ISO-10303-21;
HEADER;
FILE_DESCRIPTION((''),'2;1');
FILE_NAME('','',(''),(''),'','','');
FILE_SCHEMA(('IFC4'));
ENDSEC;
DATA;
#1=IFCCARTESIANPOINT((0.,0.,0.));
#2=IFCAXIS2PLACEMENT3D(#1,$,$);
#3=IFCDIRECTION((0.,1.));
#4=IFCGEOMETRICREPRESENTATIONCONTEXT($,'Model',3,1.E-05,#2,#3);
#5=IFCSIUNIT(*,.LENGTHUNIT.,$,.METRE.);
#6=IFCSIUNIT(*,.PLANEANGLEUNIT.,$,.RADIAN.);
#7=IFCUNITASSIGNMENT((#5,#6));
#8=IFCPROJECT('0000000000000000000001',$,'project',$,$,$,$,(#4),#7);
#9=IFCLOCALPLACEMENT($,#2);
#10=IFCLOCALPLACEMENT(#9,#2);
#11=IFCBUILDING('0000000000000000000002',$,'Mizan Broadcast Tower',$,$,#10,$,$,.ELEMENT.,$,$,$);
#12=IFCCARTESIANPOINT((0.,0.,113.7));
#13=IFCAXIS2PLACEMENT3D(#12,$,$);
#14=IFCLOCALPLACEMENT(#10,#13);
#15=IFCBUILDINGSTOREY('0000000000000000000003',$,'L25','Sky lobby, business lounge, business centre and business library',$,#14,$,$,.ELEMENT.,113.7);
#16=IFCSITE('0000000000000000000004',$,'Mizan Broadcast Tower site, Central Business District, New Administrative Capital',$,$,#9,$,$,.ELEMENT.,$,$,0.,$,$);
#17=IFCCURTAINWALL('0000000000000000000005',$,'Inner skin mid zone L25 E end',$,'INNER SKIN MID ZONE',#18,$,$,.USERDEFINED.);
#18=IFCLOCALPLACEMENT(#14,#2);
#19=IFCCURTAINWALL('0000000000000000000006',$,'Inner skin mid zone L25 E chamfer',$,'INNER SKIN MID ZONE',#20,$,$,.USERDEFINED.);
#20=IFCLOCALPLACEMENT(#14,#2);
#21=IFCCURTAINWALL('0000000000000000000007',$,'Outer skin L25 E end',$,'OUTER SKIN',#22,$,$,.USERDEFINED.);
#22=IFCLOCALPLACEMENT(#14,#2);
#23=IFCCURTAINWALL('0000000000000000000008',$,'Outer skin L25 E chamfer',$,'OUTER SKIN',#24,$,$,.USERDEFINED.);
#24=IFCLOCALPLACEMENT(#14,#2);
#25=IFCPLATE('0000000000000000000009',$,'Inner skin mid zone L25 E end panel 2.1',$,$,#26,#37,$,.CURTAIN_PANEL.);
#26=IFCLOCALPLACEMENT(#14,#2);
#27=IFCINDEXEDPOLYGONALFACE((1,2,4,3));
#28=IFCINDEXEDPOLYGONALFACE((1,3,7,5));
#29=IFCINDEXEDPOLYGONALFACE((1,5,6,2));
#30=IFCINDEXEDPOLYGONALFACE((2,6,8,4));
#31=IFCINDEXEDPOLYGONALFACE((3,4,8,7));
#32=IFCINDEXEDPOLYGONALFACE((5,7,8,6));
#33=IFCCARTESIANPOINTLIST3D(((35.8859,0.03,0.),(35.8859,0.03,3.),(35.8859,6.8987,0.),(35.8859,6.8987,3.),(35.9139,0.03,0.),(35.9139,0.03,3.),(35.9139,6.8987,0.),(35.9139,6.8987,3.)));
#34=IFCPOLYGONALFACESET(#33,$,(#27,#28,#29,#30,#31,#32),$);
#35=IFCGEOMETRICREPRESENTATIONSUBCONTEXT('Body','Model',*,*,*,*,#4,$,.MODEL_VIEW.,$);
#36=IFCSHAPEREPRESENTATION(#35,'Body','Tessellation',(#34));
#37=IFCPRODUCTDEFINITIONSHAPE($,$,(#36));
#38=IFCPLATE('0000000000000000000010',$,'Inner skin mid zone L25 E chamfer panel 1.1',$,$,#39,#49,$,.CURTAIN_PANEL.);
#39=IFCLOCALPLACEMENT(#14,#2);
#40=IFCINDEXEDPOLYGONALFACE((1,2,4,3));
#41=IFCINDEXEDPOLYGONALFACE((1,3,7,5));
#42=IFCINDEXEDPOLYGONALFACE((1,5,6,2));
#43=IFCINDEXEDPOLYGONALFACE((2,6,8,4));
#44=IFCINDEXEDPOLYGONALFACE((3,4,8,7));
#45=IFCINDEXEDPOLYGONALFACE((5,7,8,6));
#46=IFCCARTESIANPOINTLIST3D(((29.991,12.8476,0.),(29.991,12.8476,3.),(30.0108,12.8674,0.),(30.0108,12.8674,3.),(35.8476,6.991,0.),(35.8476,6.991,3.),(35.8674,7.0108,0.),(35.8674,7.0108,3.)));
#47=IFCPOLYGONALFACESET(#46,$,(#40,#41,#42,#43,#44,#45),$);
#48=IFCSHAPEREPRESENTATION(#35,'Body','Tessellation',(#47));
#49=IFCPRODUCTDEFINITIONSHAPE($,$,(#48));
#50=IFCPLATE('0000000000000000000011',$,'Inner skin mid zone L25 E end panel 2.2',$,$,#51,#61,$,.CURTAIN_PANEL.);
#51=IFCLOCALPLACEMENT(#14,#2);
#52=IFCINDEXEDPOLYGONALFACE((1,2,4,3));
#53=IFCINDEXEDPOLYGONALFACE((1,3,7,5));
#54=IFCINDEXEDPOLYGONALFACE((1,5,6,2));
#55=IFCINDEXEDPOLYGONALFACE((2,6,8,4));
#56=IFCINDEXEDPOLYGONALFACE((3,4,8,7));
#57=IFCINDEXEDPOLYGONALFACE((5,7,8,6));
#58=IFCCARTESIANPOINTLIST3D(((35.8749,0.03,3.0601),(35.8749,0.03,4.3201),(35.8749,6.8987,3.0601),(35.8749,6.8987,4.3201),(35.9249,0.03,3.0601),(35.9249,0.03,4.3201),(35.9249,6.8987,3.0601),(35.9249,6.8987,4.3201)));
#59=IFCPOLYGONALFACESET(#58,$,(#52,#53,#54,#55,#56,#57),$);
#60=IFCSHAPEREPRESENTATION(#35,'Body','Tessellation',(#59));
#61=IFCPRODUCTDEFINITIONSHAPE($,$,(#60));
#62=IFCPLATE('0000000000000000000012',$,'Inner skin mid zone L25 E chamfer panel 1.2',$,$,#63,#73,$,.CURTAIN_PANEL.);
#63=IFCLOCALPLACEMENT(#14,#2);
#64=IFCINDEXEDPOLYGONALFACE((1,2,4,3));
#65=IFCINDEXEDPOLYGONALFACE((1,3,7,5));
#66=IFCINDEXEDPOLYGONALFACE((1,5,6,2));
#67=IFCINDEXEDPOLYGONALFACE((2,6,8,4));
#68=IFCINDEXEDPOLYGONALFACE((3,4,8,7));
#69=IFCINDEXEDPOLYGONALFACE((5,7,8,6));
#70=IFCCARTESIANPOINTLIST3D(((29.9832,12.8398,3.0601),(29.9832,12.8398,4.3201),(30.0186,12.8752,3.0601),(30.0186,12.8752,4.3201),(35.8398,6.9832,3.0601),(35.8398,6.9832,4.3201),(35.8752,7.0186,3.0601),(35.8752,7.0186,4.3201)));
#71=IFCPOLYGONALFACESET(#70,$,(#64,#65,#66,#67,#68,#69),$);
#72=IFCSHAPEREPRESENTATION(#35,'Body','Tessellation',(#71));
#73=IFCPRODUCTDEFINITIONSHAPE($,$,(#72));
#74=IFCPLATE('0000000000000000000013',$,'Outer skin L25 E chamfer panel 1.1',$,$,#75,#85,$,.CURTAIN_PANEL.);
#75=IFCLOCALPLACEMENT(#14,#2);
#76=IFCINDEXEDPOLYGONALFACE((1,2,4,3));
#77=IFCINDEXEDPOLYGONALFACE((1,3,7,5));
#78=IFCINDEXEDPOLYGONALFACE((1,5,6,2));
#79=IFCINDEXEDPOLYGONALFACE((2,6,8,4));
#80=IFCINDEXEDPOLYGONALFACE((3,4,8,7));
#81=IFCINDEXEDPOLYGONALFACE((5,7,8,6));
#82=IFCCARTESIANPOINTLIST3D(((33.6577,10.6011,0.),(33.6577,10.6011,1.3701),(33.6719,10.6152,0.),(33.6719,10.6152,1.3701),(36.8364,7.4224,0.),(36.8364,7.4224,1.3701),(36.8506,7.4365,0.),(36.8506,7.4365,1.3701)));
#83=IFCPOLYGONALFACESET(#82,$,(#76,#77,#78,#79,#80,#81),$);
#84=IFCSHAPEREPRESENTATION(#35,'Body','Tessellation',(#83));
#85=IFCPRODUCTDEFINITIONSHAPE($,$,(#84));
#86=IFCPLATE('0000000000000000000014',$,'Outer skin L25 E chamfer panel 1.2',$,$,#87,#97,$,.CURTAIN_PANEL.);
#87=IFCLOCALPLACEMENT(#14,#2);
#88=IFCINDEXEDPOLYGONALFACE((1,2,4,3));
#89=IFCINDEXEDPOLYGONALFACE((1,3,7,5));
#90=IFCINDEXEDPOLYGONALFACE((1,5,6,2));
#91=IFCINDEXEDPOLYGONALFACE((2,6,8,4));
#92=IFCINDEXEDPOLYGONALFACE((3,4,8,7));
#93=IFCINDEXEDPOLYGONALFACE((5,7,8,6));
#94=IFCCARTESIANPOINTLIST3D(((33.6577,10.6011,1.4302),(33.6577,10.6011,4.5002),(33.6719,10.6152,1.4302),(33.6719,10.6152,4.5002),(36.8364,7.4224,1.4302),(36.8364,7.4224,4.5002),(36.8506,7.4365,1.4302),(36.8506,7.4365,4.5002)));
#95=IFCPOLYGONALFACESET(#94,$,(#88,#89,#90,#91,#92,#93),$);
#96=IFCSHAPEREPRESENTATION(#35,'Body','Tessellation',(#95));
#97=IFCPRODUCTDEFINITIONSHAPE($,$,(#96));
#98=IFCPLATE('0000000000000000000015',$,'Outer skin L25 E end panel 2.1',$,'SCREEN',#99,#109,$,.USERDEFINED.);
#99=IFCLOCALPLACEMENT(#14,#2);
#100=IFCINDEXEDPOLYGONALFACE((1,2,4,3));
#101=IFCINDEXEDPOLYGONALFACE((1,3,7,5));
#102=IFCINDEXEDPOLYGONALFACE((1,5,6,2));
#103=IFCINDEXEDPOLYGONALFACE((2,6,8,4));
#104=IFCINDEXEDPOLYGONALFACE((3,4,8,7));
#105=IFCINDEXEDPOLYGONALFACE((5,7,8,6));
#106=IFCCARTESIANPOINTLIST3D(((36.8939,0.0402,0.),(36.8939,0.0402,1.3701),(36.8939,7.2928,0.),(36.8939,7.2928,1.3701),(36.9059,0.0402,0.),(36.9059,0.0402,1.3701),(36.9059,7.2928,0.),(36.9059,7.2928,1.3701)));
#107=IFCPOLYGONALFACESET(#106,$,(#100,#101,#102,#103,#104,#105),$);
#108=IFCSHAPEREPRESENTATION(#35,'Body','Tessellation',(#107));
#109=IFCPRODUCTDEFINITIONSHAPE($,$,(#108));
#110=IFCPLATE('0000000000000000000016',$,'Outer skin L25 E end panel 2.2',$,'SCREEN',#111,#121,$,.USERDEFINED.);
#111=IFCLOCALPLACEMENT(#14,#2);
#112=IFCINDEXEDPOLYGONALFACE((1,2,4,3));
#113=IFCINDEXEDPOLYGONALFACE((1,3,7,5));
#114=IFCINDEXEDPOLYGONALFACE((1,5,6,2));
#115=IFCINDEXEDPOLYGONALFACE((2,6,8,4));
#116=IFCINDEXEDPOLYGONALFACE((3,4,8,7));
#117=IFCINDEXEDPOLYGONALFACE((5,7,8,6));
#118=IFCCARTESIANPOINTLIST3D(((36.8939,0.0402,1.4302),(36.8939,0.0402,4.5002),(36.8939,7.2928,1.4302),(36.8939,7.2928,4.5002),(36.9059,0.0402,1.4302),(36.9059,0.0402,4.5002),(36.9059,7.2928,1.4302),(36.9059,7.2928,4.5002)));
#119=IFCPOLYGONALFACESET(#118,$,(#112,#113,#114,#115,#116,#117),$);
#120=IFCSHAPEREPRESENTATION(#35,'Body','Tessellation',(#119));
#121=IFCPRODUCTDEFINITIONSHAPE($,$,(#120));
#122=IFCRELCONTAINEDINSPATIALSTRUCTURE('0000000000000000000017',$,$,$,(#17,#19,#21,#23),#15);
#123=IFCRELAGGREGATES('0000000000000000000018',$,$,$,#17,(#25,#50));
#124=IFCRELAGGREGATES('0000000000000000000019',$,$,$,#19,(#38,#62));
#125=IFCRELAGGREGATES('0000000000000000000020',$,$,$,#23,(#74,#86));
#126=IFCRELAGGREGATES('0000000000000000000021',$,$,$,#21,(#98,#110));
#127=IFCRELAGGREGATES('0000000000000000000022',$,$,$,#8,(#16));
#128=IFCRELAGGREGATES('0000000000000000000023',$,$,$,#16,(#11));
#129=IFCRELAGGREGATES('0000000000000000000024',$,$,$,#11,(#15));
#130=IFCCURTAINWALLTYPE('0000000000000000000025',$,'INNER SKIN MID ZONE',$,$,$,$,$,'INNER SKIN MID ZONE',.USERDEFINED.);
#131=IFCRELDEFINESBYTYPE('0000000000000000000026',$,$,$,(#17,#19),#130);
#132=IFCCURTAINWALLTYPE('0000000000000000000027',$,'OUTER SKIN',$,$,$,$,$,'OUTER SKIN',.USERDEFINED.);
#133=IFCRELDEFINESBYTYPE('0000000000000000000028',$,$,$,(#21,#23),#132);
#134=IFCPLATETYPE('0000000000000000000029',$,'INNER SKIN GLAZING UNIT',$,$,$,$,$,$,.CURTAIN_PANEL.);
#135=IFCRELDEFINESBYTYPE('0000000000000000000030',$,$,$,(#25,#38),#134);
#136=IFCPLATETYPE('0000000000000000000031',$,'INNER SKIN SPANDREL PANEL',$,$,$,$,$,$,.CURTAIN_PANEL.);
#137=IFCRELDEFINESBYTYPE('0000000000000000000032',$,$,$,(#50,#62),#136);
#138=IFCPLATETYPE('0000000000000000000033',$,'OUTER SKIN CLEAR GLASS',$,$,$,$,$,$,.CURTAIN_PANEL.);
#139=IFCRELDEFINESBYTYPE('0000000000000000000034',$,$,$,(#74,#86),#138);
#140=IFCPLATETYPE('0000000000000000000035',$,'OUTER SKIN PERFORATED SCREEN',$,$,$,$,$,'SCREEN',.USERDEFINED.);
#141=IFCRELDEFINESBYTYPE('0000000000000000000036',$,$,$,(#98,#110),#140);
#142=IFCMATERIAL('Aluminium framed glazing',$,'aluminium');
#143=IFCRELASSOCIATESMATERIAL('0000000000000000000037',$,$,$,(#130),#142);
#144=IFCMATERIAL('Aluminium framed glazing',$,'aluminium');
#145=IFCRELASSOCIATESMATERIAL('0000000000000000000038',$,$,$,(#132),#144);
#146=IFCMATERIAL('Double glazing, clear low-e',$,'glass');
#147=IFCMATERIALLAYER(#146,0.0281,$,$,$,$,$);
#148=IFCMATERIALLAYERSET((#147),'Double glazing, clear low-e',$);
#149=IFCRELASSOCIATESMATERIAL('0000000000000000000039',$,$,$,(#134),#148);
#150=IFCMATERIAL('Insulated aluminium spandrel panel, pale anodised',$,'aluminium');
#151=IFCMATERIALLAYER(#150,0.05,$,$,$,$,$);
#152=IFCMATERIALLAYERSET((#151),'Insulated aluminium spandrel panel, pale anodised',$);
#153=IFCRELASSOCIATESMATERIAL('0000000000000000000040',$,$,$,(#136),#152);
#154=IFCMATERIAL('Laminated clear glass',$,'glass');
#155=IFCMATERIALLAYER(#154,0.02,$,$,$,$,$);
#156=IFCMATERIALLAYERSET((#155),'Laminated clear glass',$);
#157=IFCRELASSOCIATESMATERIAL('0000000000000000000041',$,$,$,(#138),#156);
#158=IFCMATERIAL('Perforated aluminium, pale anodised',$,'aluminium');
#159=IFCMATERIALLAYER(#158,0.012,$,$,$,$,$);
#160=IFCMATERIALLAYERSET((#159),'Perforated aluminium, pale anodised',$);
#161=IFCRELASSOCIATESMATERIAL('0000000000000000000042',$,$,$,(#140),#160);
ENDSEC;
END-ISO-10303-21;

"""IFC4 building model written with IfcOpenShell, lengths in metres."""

from ifc_helpers import new_model, si_unit, direction, frame, origin, origin_2d, place, context, subcontext, project, spatial, rectangle, extrude, material, layer, layer_set, type_object, element, aggregate, save


model = new_model("IFC4")

# Units and contexts
model_context = context("Model", 3, precision=1e-05, world=origin(), true_north=direction((0.0, 1.0)))
body_context = subcontext(model_context, "Body", "Model", "MODEL_VIEW")
ifc_project = project(units=[si_unit("LENGTHUNIT", "METRE"), si_unit("PLANEANGLEUNIT", "RADIAN")], contexts=[model_context])

# Site, building, storey
site_placement = place(None, origin())
site = spatial("IfcSite", under=ifc_project, at=site_placement, Name="Mizan Broadcast Tower site, Central Business District, New Administrative Capital", CompositionType="ELEMENT", RefElevation=0.0)
building_placement = place(site_placement, origin())
building = spatial("IfcBuilding", under=site, at=building_placement, Name="Mizan Broadcast Tower", CompositionType="ELEMENT")
storey_placement = place(building_placement, frame((0.0, 0.0, 113.7)))
storey = spatial("IfcBuildingStorey", under=building, at=storey_placement, Name="L25", Description="Sky lobby, business lounge, business centre and business library", CompositionType="ELEMENT", Elevation=113.7)

# Curtain wall
ifc_material_1 = material(Name="Aluminium framed glazing", Category="aluminium")
curtain_wall_type_1 = type_object("IfcCurtainWallType", Name="INNER SKIN MID ZONE", ElementType="INNER SKIN MID ZONE", PredefinedType="USERDEFINED", material=ifc_material_1)
curtain_wall_1_placement = place(storey_placement, origin())
curtain_wall_1 = element("IfcCurtainWall", 1, at=curtain_wall_1_placement, inside=storey, type_object=curtain_wall_type_1, Name="Inner skin mid zone L25 E end", ObjectType="INNER SKIN MID ZONE", PredefinedType="USERDEFINED")

# Curtain wall
curtain_wall_2_placement = place(storey_placement, origin())
curtain_wall_2 = element("IfcCurtainWall", 2, at=curtain_wall_2_placement, inside=storey, type_object=curtain_wall_type_1, Name="Inner skin mid zone L25 E chamfer", ObjectType="INNER SKIN MID ZONE", PredefinedType="USERDEFINED")

# Curtain wall
ifc_material_2 = material(Name="Aluminium framed glazing", Category="aluminium")
curtain_wall_type_2 = type_object("IfcCurtainWallType", Name="OUTER SKIN", ElementType="OUTER SKIN", PredefinedType="USERDEFINED", material=ifc_material_2)
curtain_wall_3_placement = place(storey_placement, origin())
curtain_wall_3 = element("IfcCurtainWall", 3, at=curtain_wall_3_placement, inside=storey, type_object=curtain_wall_type_2, Name="Outer skin L25 E end", ObjectType="OUTER SKIN", PredefinedType="USERDEFINED")

# Curtain wall
curtain_wall_4_placement = place(storey_placement, origin())
curtain_wall_4 = element("IfcCurtainWall", 4, at=curtain_wall_4_placement, inside=storey, type_object=curtain_wall_type_2, Name="Outer skin L25 E chamfer", ObjectType="OUTER SKIN", PredefinedType="USERDEFINED")

# Plates
ifc_material_3 = material(Name="Double glazing, clear low-e", Category="glass")
ifc_layer_1 = layer(ifc_material_3, 0.0281)
ifc_layer_set_1 = layer_set([ifc_layer_1], Name="Double glazing, clear low-e")
plate_type_1 = type_object("IfcPlateType", Name="INNER SKIN GLAZING UNIT", PredefinedType="CURTAIN_PANEL", material=ifc_layer_set_1)
plate_1_placement = place(storey_placement, frame((35.8999, 3.4644, 0.0), z_axis=(0.0, 0.0, 1.0), x_axis=(0.0, 1.0, 0.0)))
plate_1 = element("IfcPlate", 5, at=plate_1_placement, type_object=plate_type_1, Name="Inner skin mid zone L25 E end panel 2.1", PredefinedType="CURTAIN_PANEL", context=body_context, shape_type="SweptSolid", body=[
    extrude(rectangle(XDim=6.8687, YDim=0.0281, at=origin_2d()), origin(), (0.0, 0.0, 1.0), 3.0),
])
plate_2_placement = place(storey_placement, frame((32.9292, 9.9292, 0.0), z_axis=(0.0, 0.0, 1.0), x_axis=(-0.707107, 0.707107, 0.0)))
plate_2 = element("IfcPlate", 6, at=plate_2_placement, type_object=plate_type_1, Name="Inner skin mid zone L25 E chamfer panel 1.1", PredefinedType="CURTAIN_PANEL", context=body_context, shape_type="SweptSolid", body=[
    extrude(rectangle(XDim=8.2825, YDim=0.0281, at=origin_2d()), origin(), (0.0, 0.0, 1.0), 3.0),
])
ifc_material_4 = material(Name="Insulated aluminium spandrel panel, pale anodised", Category="aluminium")
ifc_layer_2 = layer(ifc_material_4, 0.05)
ifc_layer_set_2 = layer_set([ifc_layer_2], Name="Insulated aluminium spandrel panel, pale anodised")
plate_type_2 = type_object("IfcPlateType", Name="INNER SKIN SPANDREL PANEL", PredefinedType="CURTAIN_PANEL", material=ifc_layer_set_2)
plate_3_placement = place(storey_placement, frame((35.8999, 3.4644, 3.0601), z_axis=(0.0, 0.0, 1.0), x_axis=(0.0, 1.0, 0.0)))
plate_3 = element("IfcPlate", 7, at=plate_3_placement, type_object=plate_type_2, Name="Inner skin mid zone L25 E end panel 2.2", PredefinedType="CURTAIN_PANEL", context=body_context, shape_type="SweptSolid", body=[
    extrude(rectangle(XDim=6.8687, YDim=0.05, at=origin_2d()), origin(), (0.0, 0.0, 1.0), 1.26),
])
aggregate(curtain_wall_1, [plate_1, plate_3])
plate_4_placement = place(storey_placement, frame((32.9292, 9.9292, 3.0601), z_axis=(0.0, 0.0, 1.0), x_axis=(-0.707107, 0.707107, 0.0)))
plate_4 = element("IfcPlate", 8, at=plate_4_placement, type_object=plate_type_2, Name="Inner skin mid zone L25 E chamfer panel 1.2", PredefinedType="CURTAIN_PANEL", context=body_context, shape_type="SweptSolid", body=[
    extrude(rectangle(XDim=8.2825, YDim=0.05, at=origin_2d()), origin(), (0.0, 0.0, 1.0), 1.26),
])
aggregate(curtain_wall_2, [plate_2, plate_4])
ifc_material_5 = material(Name="Laminated clear glass", Category="glass")
ifc_layer_3 = layer(ifc_material_5, 0.02)
ifc_layer_set_3 = layer_set([ifc_layer_3], Name="Laminated clear glass")
plate_type_3 = type_object("IfcPlateType", Name="OUTER SKIN CLEAR GLASS", PredefinedType="CURTAIN_PANEL", material=ifc_layer_set_3)
plate_5_placement = place(storey_placement, frame((35.2542, 9.0188, 0.0), z_axis=(0.0, 0.0, 1.0), x_axis=(-0.707107, 0.707107, 0.0)))
plate_5 = element("IfcPlate", 9, at=plate_5_placement, type_object=plate_type_3, Name="Outer skin L25 E chamfer panel 1.1", PredefinedType="CURTAIN_PANEL", context=body_context, shape_type="SweptSolid", body=[
    extrude(rectangle(XDim=4.4954, YDim=0.02, at=origin_2d()), origin(), (0.0, 0.0, 1.0), 1.3701),
])
plate_6_placement = place(storey_placement, frame((35.2542, 9.0188, 1.4302), z_axis=(0.0, 0.0, 1.0), x_axis=(-0.707107, 0.707107, 0.0)))
plate_6 = element("IfcPlate", 10, at=plate_6_placement, type_object=plate_type_3, Name="Outer skin L25 E chamfer panel 1.2", PredefinedType="CURTAIN_PANEL", context=body_context, shape_type="SweptSolid", body=[
    extrude(rectangle(XDim=4.4954, YDim=0.02, at=origin_2d()), origin(), (0.0, 0.0, 1.0), 3.0701),
])
aggregate(curtain_wall_4, [plate_5, plate_6])
ifc_material_6 = material(Name="Perforated aluminium, pale anodised", Category="aluminium")
ifc_layer_4 = layer(ifc_material_6, 0.012)
ifc_layer_set_4 = layer_set([ifc_layer_4], Name="Perforated aluminium, pale anodised")
plate_type_4 = type_object("IfcPlateType", Name="OUTER SKIN PERFORATED SCREEN", ElementType="SCREEN", PredefinedType="USERDEFINED", material=ifc_layer_set_4)
plate_7_placement = place(storey_placement, frame((36.8999, 3.6665, 0.0), z_axis=(0.0, 0.0, 1.0), x_axis=(0.0, 1.0, 0.0)))
plate_7 = element("IfcPlate", 11, at=plate_7_placement, type_object=plate_type_4, Name="Outer skin L25 E end panel 2.1", ObjectType="SCREEN", PredefinedType="USERDEFINED", context=body_context, shape_type="SweptSolid", body=[
    extrude(rectangle(XDim=7.2527, YDim=0.012, at=origin_2d()), origin(), (0.0, 0.0, 1.0), 1.3701),
])
plate_8_placement = place(storey_placement, frame((36.8999, 3.6665, 1.4302), z_axis=(0.0, 0.0, 1.0), x_axis=(0.0, 1.0, 0.0)))
plate_8 = element("IfcPlate", 12, at=plate_8_placement, type_object=plate_type_4, Name="Outer skin L25 E end panel 2.2", ObjectType="SCREEN", PredefinedType="USERDEFINED", context=body_context, shape_type="SweptSolid", body=[
    extrude(rectangle(XDim=7.2527, YDim=0.012, at=origin_2d()), origin(), (0.0, 0.0, 1.0), 3.0701),
])
aggregate(curtain_wall_3, [plate_7, plate_8])

save(model, "model.ifc")
